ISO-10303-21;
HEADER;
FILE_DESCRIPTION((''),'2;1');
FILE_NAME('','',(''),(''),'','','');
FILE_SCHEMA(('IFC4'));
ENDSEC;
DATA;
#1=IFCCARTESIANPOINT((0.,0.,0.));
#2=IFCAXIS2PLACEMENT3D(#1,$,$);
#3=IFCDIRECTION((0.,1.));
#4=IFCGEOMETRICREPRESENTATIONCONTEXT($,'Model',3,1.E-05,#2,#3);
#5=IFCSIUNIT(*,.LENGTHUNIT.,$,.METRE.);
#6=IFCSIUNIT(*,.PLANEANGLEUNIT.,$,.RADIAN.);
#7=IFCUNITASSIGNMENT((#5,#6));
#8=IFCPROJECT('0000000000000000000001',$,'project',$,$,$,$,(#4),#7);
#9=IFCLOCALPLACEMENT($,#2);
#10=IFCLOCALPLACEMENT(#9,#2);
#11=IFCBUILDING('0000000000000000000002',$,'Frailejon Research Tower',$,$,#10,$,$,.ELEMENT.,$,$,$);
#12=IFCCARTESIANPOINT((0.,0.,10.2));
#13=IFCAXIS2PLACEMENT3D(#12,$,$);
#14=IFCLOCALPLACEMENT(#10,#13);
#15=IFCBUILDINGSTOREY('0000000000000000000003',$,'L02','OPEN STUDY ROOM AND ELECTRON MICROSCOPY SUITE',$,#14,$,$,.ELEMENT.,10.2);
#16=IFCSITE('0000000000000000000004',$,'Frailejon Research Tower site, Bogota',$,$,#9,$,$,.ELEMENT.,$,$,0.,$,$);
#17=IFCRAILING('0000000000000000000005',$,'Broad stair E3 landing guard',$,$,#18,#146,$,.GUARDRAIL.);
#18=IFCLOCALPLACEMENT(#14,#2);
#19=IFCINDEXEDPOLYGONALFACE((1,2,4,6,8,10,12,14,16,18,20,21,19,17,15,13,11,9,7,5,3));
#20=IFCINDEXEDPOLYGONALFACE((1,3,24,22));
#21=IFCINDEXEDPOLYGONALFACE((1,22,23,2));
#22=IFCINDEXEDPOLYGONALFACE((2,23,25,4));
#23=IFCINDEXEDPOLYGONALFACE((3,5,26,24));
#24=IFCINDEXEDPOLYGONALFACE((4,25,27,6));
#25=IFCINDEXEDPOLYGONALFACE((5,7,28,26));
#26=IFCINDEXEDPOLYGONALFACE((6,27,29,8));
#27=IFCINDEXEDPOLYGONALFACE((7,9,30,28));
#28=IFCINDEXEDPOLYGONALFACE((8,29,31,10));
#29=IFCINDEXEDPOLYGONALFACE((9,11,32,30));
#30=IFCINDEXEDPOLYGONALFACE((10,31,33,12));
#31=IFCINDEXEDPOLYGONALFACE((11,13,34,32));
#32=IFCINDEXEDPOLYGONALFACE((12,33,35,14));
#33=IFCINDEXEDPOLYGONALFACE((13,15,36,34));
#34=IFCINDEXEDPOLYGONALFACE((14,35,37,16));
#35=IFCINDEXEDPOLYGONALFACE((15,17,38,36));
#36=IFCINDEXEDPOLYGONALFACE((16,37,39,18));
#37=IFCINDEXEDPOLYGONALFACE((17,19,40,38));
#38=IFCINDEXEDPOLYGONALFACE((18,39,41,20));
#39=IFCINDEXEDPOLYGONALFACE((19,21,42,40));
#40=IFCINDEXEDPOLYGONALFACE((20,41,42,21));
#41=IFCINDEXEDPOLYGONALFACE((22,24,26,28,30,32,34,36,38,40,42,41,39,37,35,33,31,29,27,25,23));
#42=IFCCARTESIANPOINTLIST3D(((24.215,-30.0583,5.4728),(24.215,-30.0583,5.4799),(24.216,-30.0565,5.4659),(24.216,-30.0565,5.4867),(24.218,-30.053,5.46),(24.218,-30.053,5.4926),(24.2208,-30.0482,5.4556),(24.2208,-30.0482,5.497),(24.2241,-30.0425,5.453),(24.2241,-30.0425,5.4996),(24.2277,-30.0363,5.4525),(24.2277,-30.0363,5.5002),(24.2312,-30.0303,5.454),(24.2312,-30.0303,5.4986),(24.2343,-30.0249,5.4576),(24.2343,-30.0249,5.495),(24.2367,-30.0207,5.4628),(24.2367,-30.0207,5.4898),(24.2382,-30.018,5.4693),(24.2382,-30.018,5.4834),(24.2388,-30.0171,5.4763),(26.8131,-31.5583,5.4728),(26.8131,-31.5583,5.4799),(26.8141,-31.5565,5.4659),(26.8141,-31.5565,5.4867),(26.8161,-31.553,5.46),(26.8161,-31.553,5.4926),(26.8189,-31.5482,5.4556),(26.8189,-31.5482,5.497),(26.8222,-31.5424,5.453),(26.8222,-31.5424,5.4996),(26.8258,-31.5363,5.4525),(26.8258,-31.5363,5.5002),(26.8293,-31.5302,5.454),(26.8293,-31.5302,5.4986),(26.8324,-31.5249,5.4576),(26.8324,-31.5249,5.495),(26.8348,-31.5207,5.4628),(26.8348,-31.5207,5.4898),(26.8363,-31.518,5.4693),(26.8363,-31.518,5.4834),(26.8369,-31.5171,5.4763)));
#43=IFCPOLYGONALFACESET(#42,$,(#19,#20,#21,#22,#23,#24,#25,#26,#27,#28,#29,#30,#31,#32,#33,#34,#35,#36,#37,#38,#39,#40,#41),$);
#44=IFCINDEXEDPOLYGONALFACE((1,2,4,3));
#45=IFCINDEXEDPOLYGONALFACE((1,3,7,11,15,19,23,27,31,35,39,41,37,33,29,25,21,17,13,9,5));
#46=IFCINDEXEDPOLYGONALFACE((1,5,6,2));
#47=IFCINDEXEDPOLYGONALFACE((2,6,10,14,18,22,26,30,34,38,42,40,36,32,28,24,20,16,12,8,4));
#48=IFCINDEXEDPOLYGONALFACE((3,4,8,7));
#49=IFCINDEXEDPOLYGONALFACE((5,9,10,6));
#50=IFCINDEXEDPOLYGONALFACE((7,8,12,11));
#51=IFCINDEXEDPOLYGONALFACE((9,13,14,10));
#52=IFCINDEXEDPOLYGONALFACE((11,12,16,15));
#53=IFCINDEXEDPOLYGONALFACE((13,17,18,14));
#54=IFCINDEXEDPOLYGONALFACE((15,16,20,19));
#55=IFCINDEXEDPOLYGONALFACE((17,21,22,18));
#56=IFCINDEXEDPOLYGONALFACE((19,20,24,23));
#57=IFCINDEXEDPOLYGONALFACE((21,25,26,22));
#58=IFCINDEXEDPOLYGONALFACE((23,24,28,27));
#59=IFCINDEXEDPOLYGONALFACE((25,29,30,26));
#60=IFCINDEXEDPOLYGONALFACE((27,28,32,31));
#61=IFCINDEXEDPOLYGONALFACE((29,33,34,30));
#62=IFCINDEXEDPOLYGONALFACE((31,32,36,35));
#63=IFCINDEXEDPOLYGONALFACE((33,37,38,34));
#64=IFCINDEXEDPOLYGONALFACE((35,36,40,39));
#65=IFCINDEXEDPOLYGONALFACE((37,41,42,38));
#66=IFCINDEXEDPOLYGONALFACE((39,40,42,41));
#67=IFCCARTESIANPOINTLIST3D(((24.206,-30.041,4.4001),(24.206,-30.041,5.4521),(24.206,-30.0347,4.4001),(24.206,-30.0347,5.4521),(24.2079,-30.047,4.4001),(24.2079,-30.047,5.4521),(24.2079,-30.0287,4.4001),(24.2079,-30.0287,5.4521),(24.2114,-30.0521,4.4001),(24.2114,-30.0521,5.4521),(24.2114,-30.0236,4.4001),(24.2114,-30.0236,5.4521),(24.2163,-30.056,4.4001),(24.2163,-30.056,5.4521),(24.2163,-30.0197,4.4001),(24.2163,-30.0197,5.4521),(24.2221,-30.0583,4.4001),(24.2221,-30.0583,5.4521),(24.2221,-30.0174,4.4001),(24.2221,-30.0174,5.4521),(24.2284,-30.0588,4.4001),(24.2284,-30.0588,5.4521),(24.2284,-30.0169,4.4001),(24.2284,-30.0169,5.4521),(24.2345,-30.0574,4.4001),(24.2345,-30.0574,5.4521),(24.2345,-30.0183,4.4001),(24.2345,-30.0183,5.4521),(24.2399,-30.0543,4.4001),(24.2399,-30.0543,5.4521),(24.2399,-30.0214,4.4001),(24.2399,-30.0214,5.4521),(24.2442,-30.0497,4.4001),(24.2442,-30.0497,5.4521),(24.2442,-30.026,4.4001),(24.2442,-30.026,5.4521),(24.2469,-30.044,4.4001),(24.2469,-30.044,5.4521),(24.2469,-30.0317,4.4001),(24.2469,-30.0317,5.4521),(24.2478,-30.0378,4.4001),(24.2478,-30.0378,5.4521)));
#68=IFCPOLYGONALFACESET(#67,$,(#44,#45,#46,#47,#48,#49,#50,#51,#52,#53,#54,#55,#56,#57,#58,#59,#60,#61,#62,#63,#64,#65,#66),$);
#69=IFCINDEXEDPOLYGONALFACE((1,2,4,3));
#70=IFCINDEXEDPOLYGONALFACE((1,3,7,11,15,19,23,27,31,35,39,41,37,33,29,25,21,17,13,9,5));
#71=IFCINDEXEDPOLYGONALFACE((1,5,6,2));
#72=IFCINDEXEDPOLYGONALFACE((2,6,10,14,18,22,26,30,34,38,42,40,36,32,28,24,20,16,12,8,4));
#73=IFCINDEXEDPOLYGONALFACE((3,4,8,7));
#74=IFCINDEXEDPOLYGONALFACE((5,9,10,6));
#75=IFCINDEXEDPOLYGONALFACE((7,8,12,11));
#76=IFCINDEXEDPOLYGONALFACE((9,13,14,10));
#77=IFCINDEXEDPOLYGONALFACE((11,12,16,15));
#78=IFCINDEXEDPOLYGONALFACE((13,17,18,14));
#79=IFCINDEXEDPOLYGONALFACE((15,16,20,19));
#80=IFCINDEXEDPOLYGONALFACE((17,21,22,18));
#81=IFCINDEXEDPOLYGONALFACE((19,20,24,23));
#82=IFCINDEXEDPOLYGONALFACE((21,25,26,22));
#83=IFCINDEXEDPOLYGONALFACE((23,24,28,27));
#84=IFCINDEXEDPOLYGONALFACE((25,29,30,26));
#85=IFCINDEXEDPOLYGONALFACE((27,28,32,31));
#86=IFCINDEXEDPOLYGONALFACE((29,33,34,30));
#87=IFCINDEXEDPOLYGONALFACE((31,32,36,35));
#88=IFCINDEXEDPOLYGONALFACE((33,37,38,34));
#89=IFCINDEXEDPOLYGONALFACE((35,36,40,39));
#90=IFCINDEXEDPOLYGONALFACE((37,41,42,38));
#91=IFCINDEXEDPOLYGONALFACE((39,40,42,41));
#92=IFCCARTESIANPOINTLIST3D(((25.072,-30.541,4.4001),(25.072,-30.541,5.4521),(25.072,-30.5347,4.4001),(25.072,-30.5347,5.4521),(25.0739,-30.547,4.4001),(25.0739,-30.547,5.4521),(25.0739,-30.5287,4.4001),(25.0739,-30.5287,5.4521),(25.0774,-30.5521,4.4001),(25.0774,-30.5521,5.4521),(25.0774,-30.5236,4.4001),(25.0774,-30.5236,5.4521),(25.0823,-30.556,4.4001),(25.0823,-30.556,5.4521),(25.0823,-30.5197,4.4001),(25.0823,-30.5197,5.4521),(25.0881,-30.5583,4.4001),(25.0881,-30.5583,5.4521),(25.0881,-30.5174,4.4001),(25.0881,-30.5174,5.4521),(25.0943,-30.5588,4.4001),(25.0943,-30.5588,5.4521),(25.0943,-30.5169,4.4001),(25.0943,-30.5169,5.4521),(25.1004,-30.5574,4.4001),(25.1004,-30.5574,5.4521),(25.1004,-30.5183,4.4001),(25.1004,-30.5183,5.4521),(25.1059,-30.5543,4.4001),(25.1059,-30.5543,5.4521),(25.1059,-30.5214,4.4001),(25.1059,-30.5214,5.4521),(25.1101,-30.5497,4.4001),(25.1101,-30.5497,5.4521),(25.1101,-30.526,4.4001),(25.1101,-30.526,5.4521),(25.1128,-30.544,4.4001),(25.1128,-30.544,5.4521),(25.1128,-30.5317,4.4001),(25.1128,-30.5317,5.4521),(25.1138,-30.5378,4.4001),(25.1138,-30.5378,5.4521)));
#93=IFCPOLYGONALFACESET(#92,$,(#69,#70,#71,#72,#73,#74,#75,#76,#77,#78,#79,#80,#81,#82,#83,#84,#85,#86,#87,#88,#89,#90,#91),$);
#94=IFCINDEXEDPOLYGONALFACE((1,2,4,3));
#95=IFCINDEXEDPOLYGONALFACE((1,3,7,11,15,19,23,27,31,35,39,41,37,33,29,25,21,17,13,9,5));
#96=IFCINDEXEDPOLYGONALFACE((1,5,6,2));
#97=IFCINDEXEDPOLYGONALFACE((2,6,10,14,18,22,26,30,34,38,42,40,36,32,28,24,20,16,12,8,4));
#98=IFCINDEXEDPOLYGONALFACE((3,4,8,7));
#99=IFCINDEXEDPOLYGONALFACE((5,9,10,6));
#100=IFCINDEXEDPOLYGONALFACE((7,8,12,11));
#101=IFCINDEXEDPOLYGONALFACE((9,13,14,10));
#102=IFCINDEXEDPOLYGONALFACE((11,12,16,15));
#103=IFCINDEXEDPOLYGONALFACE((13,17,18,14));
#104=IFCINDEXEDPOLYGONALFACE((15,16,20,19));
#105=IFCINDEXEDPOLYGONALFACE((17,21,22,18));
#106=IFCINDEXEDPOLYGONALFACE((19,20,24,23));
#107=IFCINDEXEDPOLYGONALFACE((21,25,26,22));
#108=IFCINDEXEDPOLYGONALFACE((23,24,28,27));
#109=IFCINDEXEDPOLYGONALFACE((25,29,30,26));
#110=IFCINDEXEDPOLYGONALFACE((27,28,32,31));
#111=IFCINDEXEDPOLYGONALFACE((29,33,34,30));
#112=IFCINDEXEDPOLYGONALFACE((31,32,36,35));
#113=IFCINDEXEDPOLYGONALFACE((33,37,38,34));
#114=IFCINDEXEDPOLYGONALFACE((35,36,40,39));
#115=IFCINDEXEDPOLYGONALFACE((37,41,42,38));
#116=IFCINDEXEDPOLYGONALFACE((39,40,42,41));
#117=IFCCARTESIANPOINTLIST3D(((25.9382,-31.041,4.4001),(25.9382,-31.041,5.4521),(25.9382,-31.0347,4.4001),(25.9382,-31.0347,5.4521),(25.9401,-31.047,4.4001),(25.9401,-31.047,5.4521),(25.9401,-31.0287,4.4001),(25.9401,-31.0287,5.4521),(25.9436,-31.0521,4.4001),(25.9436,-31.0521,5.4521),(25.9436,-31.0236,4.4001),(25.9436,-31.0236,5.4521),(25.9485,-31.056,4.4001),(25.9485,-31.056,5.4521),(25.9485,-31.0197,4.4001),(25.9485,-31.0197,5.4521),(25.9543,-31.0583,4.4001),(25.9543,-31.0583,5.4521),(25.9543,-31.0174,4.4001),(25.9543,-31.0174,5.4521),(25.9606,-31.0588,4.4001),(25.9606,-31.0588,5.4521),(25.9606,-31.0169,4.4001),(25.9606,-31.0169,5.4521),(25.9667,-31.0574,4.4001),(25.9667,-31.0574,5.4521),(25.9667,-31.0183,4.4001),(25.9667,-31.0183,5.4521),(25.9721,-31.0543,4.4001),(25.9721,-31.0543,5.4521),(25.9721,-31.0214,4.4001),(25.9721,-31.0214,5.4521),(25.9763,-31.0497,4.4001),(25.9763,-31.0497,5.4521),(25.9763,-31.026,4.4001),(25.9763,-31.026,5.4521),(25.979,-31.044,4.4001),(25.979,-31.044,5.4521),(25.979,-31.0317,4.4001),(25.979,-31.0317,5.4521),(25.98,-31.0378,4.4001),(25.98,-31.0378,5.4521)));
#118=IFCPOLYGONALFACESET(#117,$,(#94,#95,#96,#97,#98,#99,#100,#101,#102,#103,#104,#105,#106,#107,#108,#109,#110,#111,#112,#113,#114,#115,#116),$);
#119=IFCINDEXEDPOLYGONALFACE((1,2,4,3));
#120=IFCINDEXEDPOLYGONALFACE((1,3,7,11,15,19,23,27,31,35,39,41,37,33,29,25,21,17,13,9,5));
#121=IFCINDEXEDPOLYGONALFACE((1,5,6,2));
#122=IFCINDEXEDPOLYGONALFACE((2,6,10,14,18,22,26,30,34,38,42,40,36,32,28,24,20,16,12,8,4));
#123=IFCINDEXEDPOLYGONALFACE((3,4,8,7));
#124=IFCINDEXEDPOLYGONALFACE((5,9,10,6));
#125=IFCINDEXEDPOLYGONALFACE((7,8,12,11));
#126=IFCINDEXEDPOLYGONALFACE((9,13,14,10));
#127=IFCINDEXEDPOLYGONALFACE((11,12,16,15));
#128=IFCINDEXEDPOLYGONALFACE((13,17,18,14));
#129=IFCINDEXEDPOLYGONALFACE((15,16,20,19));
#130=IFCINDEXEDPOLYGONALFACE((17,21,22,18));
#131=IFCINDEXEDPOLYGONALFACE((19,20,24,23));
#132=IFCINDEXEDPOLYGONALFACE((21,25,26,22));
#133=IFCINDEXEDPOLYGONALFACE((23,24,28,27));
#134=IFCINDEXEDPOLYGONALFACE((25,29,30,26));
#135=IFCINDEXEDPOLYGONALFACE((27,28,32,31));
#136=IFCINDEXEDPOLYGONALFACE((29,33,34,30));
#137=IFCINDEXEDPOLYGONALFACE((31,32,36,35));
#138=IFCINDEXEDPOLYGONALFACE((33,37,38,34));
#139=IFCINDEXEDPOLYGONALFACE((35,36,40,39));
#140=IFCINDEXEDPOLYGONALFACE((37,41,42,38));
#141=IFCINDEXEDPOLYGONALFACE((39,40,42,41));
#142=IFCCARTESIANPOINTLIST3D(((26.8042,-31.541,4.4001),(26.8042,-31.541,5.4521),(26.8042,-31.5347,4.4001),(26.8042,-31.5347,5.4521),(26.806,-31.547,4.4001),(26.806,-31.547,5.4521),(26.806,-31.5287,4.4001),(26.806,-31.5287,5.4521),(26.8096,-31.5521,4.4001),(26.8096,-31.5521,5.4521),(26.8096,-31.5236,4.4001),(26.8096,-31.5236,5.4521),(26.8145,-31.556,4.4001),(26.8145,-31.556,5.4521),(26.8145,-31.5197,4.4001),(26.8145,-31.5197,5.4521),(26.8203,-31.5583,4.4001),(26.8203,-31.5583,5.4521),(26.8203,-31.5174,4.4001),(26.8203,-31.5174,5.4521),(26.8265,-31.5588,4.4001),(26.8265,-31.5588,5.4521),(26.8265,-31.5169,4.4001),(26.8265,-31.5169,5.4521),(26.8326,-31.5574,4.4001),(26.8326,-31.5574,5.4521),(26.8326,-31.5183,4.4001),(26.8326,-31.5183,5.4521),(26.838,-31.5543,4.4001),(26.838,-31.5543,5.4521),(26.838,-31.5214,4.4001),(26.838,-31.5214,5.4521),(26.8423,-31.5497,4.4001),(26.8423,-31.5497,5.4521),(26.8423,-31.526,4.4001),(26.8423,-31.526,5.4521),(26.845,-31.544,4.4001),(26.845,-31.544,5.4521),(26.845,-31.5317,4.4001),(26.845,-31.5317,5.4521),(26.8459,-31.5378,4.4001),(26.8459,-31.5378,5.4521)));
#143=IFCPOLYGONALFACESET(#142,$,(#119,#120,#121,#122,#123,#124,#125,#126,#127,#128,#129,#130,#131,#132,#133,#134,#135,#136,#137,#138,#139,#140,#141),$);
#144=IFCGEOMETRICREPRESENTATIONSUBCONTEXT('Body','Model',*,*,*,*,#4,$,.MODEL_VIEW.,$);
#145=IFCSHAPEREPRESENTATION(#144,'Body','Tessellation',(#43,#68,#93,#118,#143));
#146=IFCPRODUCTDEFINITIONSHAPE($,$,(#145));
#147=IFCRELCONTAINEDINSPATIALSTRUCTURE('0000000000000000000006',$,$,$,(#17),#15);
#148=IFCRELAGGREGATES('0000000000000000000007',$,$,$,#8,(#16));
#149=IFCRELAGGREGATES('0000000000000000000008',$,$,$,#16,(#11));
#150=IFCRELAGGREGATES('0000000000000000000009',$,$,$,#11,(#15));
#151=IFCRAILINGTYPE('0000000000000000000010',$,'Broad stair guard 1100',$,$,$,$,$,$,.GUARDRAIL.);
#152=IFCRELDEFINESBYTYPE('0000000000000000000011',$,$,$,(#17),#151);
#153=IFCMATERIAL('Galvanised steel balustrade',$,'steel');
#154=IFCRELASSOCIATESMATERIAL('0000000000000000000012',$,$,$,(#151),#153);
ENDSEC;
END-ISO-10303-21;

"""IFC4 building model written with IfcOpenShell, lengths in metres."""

from ifc_helpers import new_model, si_unit, direction, frame, origin, origin_2d, place, context, subcontext, project, spatial, circle, extrude, material, type_object, element, save


model = new_model("IFC4")

# Units and contexts
model_context = context("Model", 3, precision=1e-05, world=origin(), true_north=direction((0.0, 1.0)))
body_context = subcontext(model_context, "Body", "Model", "MODEL_VIEW")
ifc_project = project(units=[si_unit("LENGTHUNIT", "METRE"), si_unit("PLANEANGLEUNIT", "RADIAN")], contexts=[model_context])

# Site, building, storey
site_placement = place(None, origin())
site = spatial("IfcSite", under=ifc_project, at=site_placement, Name="Frailejon Research Tower site, Bogota", CompositionType="ELEMENT", RefElevation=0.0)
building_placement = place(site_placement, origin())
building = spatial("IfcBuilding", under=site, at=building_placement, Name="Frailejon Research Tower", CompositionType="ELEMENT")
storey_placement = place(building_placement, frame((0.0, 0.0, 10.2)))
storey = spatial("IfcBuildingStorey", under=building, at=storey_placement, Name="L02", Description="OPEN STUDY ROOM AND ELECTRON MICROSCOPY SUITE", CompositionType="ELEMENT", Elevation=10.2)

# Railing
ifc_material_1 = material(Name="Galvanised steel balustrade", Category="steel")
railing_type_1 = type_object("IfcRailingType", Name="Broad stair guard 1100", PredefinedType="GUARDRAIL", material=ifc_material_1)
railing_1_placement = place(storey_placement, frame((24.2268, -30.0378, 4.4001)))
element("IfcRailing", 1, at=railing_1_placement, inside=storey, type_object=railing_type_1, Name="Broad stair E3 landing guard", PredefinedType="GUARDRAIL", context=body_context, shape_type="SweptSolid", body=[
    extrude(circle(Radius=0.0239, at=origin_2d()), frame((0.0, 0.0, 1.0762), z_axis=(0.866031, -0.49999, 0.0), x_axis=(0.49999, 0.866031, 0.0)), (0.0, 0.0, 1.0), 3.0),
    extrude(circle(Radius=0.021, at=origin_2d()), origin(), (0.0, 0.0, 1.0), 1.052),
    extrude(circle(Radius=0.021, at=origin_2d()), frame((0.866, -0.5, 0.0)), (0.0, 0.0, 1.0), 1.052),
    extrude(circle(Radius=0.021, at=origin_2d()), frame((1.7322, -1.0, 0.0)), (0.0, 0.0, 1.0), 1.052),
    extrude(circle(Radius=0.021, at=origin_2d()), frame((2.5981, -1.5, 0.0)), (0.0, 0.0, 1.0), 1.052),
])

save(model, "model.ifc")
